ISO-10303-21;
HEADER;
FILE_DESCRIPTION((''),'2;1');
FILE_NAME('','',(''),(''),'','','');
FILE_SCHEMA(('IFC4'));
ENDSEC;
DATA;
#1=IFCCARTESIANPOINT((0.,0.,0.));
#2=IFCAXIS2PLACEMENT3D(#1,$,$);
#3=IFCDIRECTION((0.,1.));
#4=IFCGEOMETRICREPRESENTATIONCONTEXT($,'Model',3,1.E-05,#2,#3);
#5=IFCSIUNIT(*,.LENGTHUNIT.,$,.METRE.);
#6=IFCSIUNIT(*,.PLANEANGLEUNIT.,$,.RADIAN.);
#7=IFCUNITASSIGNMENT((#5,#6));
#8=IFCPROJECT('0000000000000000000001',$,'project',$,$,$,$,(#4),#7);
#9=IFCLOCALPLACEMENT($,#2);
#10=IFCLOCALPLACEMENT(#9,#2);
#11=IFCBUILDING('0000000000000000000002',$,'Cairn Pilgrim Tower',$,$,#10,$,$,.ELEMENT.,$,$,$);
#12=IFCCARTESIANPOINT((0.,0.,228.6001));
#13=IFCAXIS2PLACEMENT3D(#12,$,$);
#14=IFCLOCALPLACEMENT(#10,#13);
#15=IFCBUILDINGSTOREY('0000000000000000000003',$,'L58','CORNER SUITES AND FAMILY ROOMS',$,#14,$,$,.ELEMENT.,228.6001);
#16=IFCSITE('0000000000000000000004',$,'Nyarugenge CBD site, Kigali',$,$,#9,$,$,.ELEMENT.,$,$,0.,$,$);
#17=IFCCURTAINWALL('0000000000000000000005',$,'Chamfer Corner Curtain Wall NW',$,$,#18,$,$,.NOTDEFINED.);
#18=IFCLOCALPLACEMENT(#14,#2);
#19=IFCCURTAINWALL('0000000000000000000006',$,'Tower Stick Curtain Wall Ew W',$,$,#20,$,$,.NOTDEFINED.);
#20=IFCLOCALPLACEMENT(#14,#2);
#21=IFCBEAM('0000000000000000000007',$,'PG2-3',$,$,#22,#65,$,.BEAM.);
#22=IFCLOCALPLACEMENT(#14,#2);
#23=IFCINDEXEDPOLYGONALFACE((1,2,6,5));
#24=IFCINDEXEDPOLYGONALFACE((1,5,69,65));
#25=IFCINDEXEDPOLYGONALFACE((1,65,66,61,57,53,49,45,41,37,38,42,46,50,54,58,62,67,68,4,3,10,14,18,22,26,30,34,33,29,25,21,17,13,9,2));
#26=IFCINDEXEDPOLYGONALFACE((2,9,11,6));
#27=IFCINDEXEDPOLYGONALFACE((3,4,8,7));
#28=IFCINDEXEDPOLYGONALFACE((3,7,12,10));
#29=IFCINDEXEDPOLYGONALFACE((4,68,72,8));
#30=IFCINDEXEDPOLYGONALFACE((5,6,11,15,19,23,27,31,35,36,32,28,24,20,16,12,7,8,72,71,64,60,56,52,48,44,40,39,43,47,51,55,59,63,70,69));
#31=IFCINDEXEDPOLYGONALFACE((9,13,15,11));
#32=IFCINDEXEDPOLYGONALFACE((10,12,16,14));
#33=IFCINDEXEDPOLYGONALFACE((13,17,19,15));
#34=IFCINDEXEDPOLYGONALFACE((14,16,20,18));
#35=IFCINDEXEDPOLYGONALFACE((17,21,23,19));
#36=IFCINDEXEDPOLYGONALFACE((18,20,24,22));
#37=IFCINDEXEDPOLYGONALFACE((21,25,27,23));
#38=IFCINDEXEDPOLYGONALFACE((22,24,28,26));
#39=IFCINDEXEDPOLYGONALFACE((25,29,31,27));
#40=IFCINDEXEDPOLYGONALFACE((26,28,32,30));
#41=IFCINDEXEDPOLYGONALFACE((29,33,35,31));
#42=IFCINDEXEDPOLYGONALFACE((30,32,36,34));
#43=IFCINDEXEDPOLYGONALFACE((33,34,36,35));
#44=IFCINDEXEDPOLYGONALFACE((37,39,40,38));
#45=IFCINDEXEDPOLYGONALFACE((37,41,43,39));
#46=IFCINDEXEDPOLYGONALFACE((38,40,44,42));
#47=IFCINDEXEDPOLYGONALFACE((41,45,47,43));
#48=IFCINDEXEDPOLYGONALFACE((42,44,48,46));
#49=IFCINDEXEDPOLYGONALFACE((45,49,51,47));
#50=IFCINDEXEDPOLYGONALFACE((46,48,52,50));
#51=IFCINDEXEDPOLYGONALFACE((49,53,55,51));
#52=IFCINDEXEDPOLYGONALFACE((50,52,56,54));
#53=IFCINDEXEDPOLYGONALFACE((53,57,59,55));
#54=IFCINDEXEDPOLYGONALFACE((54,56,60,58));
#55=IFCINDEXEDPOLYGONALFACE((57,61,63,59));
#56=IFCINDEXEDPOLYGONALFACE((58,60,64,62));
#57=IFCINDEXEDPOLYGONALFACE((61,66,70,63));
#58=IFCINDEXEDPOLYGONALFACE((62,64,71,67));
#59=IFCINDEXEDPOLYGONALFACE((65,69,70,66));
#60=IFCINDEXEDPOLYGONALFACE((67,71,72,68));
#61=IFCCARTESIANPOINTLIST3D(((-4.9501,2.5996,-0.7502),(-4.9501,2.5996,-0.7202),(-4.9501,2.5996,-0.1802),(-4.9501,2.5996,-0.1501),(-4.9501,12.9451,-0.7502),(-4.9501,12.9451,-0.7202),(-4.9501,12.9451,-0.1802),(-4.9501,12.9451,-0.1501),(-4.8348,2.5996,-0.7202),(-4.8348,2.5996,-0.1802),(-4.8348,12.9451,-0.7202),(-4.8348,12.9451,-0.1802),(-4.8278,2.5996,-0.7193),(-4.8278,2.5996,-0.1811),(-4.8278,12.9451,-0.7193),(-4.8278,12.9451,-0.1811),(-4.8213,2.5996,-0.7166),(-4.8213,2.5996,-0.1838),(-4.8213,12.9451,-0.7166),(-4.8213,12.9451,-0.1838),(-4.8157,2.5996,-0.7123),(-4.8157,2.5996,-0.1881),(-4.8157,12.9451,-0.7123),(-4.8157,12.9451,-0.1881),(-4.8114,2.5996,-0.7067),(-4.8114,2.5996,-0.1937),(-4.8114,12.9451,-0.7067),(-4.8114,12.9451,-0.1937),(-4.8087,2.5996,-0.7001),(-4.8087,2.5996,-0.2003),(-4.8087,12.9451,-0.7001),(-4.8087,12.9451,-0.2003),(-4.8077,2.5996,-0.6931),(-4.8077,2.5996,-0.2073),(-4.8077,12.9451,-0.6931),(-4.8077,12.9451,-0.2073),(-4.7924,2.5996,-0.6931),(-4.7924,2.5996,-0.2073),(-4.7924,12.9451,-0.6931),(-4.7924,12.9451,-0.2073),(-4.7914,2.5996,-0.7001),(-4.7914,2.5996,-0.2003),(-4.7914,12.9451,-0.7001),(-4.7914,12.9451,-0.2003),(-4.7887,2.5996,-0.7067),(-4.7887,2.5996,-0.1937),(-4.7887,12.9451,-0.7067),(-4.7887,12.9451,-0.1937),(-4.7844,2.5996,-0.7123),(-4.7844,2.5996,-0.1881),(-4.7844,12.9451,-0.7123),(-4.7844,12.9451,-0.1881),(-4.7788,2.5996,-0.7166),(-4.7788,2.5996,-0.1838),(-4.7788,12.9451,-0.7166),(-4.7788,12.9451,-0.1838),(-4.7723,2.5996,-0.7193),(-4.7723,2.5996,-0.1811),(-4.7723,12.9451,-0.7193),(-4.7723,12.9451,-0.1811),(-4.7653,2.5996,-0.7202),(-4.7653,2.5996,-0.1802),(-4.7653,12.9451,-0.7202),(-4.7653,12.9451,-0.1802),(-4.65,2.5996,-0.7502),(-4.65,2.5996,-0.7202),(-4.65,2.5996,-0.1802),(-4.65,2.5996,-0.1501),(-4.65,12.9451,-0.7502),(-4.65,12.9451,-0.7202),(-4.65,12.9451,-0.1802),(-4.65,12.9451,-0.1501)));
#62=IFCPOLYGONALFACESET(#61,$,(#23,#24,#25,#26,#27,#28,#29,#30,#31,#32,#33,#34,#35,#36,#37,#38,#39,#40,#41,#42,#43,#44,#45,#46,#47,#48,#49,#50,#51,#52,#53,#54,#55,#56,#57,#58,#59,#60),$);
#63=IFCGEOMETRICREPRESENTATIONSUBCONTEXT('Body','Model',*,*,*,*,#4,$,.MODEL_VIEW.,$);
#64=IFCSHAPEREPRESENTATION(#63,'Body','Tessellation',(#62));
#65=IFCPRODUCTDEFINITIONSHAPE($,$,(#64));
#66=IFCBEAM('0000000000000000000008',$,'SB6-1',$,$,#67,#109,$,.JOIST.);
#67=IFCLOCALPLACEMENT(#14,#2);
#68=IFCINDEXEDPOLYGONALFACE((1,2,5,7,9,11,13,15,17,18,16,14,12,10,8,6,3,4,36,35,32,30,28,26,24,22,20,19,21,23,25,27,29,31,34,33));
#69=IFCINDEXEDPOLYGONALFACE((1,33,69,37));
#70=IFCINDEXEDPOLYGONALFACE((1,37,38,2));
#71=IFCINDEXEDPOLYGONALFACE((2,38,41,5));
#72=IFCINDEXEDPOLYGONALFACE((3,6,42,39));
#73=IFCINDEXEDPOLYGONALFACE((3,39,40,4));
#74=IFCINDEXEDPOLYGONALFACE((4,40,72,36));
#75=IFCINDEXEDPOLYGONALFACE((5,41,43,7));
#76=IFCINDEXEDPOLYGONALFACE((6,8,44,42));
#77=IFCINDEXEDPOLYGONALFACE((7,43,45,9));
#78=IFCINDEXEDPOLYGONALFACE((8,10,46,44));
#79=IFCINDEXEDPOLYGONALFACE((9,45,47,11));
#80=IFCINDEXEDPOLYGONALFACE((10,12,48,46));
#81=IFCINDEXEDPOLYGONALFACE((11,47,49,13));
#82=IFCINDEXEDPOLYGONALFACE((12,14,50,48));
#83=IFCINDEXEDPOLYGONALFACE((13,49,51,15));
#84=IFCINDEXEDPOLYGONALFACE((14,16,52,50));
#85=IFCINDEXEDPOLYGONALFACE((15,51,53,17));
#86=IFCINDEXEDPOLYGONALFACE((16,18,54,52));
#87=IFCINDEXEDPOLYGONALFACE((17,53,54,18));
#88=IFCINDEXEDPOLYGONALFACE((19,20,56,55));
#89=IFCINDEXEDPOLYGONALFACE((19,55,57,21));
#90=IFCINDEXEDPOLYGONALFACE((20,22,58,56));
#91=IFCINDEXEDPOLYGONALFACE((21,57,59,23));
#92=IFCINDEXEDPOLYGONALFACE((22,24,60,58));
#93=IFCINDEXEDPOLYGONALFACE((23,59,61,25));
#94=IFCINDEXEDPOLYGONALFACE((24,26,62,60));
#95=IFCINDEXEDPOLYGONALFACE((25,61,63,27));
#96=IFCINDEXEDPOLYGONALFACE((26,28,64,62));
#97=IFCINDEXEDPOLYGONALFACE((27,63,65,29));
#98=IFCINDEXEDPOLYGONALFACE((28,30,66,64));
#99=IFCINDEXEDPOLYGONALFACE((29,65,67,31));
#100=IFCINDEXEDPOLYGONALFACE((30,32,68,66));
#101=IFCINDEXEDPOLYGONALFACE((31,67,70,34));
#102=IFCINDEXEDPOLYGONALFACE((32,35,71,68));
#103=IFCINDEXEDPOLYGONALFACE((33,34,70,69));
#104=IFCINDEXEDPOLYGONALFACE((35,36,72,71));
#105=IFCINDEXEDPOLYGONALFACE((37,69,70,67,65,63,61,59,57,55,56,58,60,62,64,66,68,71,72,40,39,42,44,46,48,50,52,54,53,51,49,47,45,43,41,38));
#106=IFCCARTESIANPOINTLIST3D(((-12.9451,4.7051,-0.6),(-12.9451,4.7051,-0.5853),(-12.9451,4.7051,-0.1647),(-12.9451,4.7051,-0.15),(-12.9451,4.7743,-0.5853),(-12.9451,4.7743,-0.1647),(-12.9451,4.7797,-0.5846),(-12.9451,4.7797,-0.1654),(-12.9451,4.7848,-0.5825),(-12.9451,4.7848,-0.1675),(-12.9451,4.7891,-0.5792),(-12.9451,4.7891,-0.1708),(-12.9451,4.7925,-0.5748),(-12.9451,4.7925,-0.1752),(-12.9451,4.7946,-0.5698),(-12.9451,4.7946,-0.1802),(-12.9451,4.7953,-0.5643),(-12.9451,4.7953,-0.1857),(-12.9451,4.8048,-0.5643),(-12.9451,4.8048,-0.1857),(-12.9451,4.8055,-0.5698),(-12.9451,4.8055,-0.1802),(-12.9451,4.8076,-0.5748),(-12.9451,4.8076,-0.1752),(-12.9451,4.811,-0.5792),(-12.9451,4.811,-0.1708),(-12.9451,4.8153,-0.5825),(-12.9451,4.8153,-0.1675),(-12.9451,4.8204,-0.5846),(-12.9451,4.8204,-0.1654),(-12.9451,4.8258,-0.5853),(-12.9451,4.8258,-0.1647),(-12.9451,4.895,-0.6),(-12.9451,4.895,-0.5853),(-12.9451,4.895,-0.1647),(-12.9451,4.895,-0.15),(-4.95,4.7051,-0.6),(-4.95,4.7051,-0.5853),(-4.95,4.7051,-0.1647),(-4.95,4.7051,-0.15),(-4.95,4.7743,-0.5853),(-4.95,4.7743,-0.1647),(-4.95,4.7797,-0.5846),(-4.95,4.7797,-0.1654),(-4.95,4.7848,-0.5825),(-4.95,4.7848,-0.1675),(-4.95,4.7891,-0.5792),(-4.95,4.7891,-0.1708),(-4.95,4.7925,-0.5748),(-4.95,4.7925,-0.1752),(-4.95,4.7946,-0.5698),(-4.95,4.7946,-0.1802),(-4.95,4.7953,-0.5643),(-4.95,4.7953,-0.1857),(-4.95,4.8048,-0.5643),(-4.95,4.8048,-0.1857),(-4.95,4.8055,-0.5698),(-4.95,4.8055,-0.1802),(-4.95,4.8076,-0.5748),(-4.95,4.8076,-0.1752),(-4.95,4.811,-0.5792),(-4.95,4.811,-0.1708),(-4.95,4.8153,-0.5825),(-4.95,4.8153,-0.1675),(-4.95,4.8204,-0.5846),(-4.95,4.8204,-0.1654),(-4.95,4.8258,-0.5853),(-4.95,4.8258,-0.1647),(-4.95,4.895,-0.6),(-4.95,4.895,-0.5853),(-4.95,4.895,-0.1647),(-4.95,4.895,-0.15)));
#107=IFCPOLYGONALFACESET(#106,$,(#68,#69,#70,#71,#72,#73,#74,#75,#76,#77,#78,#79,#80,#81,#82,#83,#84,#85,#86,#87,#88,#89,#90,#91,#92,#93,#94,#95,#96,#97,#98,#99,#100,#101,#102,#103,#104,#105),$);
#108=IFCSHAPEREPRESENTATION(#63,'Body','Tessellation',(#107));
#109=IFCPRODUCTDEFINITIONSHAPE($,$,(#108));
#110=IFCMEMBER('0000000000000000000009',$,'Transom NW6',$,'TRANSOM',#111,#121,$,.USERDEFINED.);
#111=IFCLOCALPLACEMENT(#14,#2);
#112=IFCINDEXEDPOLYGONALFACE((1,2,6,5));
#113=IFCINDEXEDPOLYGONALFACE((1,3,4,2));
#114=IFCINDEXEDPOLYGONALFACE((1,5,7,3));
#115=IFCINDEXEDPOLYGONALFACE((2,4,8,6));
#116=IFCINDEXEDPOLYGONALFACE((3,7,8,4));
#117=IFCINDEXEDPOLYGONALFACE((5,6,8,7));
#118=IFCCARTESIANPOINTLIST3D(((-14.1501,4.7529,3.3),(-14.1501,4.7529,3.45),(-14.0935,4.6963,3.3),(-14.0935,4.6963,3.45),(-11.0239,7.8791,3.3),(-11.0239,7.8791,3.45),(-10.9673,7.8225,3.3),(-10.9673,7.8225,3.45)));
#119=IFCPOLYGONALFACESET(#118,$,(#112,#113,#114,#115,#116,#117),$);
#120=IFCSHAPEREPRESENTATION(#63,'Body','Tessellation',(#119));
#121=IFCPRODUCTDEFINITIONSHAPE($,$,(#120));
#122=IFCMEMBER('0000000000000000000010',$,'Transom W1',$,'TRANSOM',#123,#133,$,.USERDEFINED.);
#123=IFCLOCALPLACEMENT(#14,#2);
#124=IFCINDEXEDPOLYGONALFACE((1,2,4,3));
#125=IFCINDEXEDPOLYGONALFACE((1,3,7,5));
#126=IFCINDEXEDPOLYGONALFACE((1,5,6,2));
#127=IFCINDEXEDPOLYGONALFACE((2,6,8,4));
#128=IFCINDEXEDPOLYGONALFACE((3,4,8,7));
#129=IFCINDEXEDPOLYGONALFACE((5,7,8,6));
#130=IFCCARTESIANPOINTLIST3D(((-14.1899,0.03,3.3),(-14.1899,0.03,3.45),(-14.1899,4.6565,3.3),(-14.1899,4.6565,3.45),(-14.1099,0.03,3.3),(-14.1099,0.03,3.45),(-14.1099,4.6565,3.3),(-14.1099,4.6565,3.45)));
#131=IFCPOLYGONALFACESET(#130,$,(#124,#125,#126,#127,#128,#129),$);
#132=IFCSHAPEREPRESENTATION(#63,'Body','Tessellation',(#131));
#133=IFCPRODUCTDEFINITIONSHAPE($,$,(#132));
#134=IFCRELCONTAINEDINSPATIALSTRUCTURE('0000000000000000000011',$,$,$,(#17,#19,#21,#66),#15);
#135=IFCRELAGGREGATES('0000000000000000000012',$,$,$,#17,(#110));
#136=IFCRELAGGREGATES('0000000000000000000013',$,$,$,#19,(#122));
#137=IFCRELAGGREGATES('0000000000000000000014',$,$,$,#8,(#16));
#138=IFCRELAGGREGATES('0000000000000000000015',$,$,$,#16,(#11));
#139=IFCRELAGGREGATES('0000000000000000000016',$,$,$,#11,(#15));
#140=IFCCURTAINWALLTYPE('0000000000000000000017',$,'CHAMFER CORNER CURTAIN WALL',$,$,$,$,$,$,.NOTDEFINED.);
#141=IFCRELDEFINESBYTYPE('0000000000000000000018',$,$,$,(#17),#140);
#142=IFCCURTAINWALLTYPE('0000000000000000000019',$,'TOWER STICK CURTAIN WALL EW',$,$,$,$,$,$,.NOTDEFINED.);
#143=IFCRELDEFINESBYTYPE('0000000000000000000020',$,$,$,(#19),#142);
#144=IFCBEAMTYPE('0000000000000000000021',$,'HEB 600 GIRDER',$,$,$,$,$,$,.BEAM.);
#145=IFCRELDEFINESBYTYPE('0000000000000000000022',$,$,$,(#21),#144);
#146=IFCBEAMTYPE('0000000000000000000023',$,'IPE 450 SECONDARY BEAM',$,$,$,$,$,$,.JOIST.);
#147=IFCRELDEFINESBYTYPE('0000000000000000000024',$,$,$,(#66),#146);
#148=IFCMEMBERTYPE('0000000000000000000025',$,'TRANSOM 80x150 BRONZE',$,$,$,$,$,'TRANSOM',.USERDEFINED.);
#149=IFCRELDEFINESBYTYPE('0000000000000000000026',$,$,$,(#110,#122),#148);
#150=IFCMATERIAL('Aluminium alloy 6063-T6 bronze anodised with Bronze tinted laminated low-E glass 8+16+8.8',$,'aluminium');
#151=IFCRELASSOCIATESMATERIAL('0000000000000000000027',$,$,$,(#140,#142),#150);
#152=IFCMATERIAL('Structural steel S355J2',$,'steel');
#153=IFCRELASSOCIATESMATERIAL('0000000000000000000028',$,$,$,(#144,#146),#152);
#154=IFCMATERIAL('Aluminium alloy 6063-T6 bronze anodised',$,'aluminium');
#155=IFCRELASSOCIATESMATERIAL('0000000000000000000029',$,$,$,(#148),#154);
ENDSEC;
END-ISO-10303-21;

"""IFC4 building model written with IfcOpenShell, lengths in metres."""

from ifc_helpers import new_model, si_unit, direction, frame, origin, origin_2d, place, context, subcontext, project, spatial, rectangle, i_section, extrude, material, material_profile, profile_set, type_object, element, aggregate, save


model = new_model("IFC4")

# Units and contexts
model_context = context("Model", 3, precision=1e-05, world=origin(), true_north=direction((0.0, 1.0)))
body_context = subcontext(model_context, "Body", "Model", "MODEL_VIEW")
ifc_project = project(units=[si_unit("LENGTHUNIT", "METRE"), si_unit("PLANEANGLEUNIT", "RADIAN")], contexts=[model_context])

# Site, building, storey
site_placement = place(None, origin())
site = spatial("IfcSite", under=ifc_project, at=site_placement, Name="Nyarugenge CBD site, Kigali", CompositionType="ELEMENT", RefElevation=0.0)
building_placement = place(site_placement, origin())
building = spatial("IfcBuilding", under=site, at=building_placement, Name="Cairn Pilgrim Tower", CompositionType="ELEMENT")
storey_placement = place(building_placement, frame((0.0, 0.0, 228.6001)))
storey = spatial("IfcBuildingStorey", under=building, at=storey_placement, Name="L58", Description="CORNER SUITES AND FAMILY ROOMS", CompositionType="ELEMENT", Elevation=228.6001)

# Shared definitions
ifc_material_1 = material(Name="Structural steel S355J2", Category="steel")

# Curtain walls
ifc_material_2 = material(Name="Aluminium alloy 6063-T6 bronze anodised with Bronze tinted laminated low-E glass 8+16+8.8", Category="aluminium")
curtain_wall_type_1 = type_object("IfcCurtainWallType", Name="CHAMFER CORNER CURTAIN WALL", PredefinedType="NOTDEFINED", material=ifc_material_2)
curtain_wall_1_placement = place(storey_placement, origin())
curtain_wall_1 = element("IfcCurtainWall", 1, at=curtain_wall_1_placement, inside=storey, type_object=curtain_wall_type_1, Name="Chamfer Corner Curtain Wall NW", PredefinedType="NOTDEFINED")
ifc_material_3 = material(Name="Aluminium alloy 6063-T6 bronze anodised", Category="aluminium")
curtain_wall_type_2 = type_object("IfcCurtainWallType", Name="TOWER STICK CURTAIN WALL EW", PredefinedType="NOTDEFINED", material=ifc_material_2)
curtain_wall_2_placement = place(storey_placement, origin())
curtain_wall_2 = element("IfcCurtainWall", 2, at=curtain_wall_2_placement, inside=storey, type_object=curtain_wall_type_2, Name="Tower Stick Curtain Wall Ew W", PredefinedType="NOTDEFINED")

# Beams
ifc_material_profile_1 = material_profile(ifc_material_1, i_section(OverallWidth=0.3, OverallDepth=0.6001, WebThickness=0.0154, FlangeThickness=0.03, FilletRadius=0.0271, at=origin_2d()), Name="HEB 600")
ifc_profile_set_1 = profile_set([ifc_material_profile_1], Name="Structural steel S355J2")
beam_type_1 = type_object("IfcBeamType", Name="HEB 600 GIRDER", PredefinedType="BEAM", material=ifc_profile_set_1)
beam_1_placement = place(storey_placement, frame((-4.8, 2.5996, -0.4502), z_axis=(0.0, 1.0, 0.0), x_axis=(-1.0, 0.0, 0.0)))
element("IfcBeam", 3, at=beam_1_placement, inside=storey, type_object=beam_type_1, Name="PG2-3", PredefinedType="BEAM", context=body_context, shape_type="SweptSolid", body=[
    extrude(i_section(OverallWidth=0.3, OverallDepth=0.6001, WebThickness=0.0154, FlangeThickness=0.03, FilletRadius=0.0271, at=origin_2d()), origin(), (0.0, 0.0, 1.0), 10.3455),
])
ifc_material_profile_2 = material_profile(ifc_material_1, i_section(OverallWidth=0.1899, OverallDepth=0.45, WebThickness=0.0095, FlangeThickness=0.0146, FilletRadius=0.021, at=origin_2d()), Name="IPE 450")
ifc_profile_set_2 = profile_set([ifc_material_profile_2], Name="Structural steel S355J2")
beam_type_2 = type_object("IfcBeamType", Name="IPE 450 SECONDARY BEAM", PredefinedType="JOIST", material=ifc_profile_set_2)
beam_2_placement = place(storey_placement, frame((-12.9451, 4.8, -0.375), z_axis=(1.0, 0.0, 0.0), x_axis=(0.0, 1.0, 0.0)))
element("IfcBeam", 4, at=beam_2_placement, inside=storey, type_object=beam_type_2, Name="SB6-1", PredefinedType="JOIST", context=body_context, shape_type="SweptSolid", body=[
    extrude(i_section(OverallWidth=0.1899, OverallDepth=0.45, WebThickness=0.0095, FlangeThickness=0.0146, FilletRadius=0.021, at=origin_2d()), origin(), (0.0, 0.0, 1.0), 7.9951),
])

# Members
ifc_material_profile_3 = material_profile(ifc_material_3, rectangle(XDim=0.0801, YDim=0.1499, at=origin_2d()), Name="TRANSOM 80x150 BRONZE")
ifc_profile_set_3 = profile_set([ifc_material_profile_3], Name="Aluminium alloy 6063-T6 bronze anodised")
member_type_1 = type_object("IfcMemberType", Name="TRANSOM 80x150 BRONZE", ElementType="TRANSOM", PredefinedType="USERDEFINED", material=ifc_profile_set_3)
member_1_placement = place(storey_placement, frame((-10.9956, 7.8508, 3.375), z_axis=(-0.707107, -0.707107, 0.0), x_axis=(0.707107, -0.707107, 0.0)))
member_1 = element("IfcMember", 5, at=member_1_placement, type_object=member_type_1, Name="Transom NW6", ObjectType="TRANSOM", PredefinedType="USERDEFINED", context=body_context, shape_type="SweptSolid", body=[
    extrude(rectangle(XDim=0.0801, YDim=0.1499, at=origin_2d()), origin(), (0.0, 0.0, 1.0), 4.4211),
])
member_2_placement = place(storey_placement, frame((-14.1499, 4.6565, 3.375), z_axis=(0.0, -1.0, 0.0), x_axis=(1.0, 0.0, 0.0)))
member_2 = element("IfcMember", 6, at=member_2_placement, type_object=member_type_1, Name="Transom W1", ObjectType="TRANSOM", PredefinedType="USERDEFINED", context=body_context, shape_type="SweptSolid", body=[
    extrude(rectangle(XDim=0.0801, YDim=0.1499, at=origin_2d()), origin(), (0.0, 0.0, 1.0), 4.6265),
])

aggregate(curtain_wall_1, [member_1])
aggregate(curtain_wall_2, [member_2])

save(model, "model.ifc")
